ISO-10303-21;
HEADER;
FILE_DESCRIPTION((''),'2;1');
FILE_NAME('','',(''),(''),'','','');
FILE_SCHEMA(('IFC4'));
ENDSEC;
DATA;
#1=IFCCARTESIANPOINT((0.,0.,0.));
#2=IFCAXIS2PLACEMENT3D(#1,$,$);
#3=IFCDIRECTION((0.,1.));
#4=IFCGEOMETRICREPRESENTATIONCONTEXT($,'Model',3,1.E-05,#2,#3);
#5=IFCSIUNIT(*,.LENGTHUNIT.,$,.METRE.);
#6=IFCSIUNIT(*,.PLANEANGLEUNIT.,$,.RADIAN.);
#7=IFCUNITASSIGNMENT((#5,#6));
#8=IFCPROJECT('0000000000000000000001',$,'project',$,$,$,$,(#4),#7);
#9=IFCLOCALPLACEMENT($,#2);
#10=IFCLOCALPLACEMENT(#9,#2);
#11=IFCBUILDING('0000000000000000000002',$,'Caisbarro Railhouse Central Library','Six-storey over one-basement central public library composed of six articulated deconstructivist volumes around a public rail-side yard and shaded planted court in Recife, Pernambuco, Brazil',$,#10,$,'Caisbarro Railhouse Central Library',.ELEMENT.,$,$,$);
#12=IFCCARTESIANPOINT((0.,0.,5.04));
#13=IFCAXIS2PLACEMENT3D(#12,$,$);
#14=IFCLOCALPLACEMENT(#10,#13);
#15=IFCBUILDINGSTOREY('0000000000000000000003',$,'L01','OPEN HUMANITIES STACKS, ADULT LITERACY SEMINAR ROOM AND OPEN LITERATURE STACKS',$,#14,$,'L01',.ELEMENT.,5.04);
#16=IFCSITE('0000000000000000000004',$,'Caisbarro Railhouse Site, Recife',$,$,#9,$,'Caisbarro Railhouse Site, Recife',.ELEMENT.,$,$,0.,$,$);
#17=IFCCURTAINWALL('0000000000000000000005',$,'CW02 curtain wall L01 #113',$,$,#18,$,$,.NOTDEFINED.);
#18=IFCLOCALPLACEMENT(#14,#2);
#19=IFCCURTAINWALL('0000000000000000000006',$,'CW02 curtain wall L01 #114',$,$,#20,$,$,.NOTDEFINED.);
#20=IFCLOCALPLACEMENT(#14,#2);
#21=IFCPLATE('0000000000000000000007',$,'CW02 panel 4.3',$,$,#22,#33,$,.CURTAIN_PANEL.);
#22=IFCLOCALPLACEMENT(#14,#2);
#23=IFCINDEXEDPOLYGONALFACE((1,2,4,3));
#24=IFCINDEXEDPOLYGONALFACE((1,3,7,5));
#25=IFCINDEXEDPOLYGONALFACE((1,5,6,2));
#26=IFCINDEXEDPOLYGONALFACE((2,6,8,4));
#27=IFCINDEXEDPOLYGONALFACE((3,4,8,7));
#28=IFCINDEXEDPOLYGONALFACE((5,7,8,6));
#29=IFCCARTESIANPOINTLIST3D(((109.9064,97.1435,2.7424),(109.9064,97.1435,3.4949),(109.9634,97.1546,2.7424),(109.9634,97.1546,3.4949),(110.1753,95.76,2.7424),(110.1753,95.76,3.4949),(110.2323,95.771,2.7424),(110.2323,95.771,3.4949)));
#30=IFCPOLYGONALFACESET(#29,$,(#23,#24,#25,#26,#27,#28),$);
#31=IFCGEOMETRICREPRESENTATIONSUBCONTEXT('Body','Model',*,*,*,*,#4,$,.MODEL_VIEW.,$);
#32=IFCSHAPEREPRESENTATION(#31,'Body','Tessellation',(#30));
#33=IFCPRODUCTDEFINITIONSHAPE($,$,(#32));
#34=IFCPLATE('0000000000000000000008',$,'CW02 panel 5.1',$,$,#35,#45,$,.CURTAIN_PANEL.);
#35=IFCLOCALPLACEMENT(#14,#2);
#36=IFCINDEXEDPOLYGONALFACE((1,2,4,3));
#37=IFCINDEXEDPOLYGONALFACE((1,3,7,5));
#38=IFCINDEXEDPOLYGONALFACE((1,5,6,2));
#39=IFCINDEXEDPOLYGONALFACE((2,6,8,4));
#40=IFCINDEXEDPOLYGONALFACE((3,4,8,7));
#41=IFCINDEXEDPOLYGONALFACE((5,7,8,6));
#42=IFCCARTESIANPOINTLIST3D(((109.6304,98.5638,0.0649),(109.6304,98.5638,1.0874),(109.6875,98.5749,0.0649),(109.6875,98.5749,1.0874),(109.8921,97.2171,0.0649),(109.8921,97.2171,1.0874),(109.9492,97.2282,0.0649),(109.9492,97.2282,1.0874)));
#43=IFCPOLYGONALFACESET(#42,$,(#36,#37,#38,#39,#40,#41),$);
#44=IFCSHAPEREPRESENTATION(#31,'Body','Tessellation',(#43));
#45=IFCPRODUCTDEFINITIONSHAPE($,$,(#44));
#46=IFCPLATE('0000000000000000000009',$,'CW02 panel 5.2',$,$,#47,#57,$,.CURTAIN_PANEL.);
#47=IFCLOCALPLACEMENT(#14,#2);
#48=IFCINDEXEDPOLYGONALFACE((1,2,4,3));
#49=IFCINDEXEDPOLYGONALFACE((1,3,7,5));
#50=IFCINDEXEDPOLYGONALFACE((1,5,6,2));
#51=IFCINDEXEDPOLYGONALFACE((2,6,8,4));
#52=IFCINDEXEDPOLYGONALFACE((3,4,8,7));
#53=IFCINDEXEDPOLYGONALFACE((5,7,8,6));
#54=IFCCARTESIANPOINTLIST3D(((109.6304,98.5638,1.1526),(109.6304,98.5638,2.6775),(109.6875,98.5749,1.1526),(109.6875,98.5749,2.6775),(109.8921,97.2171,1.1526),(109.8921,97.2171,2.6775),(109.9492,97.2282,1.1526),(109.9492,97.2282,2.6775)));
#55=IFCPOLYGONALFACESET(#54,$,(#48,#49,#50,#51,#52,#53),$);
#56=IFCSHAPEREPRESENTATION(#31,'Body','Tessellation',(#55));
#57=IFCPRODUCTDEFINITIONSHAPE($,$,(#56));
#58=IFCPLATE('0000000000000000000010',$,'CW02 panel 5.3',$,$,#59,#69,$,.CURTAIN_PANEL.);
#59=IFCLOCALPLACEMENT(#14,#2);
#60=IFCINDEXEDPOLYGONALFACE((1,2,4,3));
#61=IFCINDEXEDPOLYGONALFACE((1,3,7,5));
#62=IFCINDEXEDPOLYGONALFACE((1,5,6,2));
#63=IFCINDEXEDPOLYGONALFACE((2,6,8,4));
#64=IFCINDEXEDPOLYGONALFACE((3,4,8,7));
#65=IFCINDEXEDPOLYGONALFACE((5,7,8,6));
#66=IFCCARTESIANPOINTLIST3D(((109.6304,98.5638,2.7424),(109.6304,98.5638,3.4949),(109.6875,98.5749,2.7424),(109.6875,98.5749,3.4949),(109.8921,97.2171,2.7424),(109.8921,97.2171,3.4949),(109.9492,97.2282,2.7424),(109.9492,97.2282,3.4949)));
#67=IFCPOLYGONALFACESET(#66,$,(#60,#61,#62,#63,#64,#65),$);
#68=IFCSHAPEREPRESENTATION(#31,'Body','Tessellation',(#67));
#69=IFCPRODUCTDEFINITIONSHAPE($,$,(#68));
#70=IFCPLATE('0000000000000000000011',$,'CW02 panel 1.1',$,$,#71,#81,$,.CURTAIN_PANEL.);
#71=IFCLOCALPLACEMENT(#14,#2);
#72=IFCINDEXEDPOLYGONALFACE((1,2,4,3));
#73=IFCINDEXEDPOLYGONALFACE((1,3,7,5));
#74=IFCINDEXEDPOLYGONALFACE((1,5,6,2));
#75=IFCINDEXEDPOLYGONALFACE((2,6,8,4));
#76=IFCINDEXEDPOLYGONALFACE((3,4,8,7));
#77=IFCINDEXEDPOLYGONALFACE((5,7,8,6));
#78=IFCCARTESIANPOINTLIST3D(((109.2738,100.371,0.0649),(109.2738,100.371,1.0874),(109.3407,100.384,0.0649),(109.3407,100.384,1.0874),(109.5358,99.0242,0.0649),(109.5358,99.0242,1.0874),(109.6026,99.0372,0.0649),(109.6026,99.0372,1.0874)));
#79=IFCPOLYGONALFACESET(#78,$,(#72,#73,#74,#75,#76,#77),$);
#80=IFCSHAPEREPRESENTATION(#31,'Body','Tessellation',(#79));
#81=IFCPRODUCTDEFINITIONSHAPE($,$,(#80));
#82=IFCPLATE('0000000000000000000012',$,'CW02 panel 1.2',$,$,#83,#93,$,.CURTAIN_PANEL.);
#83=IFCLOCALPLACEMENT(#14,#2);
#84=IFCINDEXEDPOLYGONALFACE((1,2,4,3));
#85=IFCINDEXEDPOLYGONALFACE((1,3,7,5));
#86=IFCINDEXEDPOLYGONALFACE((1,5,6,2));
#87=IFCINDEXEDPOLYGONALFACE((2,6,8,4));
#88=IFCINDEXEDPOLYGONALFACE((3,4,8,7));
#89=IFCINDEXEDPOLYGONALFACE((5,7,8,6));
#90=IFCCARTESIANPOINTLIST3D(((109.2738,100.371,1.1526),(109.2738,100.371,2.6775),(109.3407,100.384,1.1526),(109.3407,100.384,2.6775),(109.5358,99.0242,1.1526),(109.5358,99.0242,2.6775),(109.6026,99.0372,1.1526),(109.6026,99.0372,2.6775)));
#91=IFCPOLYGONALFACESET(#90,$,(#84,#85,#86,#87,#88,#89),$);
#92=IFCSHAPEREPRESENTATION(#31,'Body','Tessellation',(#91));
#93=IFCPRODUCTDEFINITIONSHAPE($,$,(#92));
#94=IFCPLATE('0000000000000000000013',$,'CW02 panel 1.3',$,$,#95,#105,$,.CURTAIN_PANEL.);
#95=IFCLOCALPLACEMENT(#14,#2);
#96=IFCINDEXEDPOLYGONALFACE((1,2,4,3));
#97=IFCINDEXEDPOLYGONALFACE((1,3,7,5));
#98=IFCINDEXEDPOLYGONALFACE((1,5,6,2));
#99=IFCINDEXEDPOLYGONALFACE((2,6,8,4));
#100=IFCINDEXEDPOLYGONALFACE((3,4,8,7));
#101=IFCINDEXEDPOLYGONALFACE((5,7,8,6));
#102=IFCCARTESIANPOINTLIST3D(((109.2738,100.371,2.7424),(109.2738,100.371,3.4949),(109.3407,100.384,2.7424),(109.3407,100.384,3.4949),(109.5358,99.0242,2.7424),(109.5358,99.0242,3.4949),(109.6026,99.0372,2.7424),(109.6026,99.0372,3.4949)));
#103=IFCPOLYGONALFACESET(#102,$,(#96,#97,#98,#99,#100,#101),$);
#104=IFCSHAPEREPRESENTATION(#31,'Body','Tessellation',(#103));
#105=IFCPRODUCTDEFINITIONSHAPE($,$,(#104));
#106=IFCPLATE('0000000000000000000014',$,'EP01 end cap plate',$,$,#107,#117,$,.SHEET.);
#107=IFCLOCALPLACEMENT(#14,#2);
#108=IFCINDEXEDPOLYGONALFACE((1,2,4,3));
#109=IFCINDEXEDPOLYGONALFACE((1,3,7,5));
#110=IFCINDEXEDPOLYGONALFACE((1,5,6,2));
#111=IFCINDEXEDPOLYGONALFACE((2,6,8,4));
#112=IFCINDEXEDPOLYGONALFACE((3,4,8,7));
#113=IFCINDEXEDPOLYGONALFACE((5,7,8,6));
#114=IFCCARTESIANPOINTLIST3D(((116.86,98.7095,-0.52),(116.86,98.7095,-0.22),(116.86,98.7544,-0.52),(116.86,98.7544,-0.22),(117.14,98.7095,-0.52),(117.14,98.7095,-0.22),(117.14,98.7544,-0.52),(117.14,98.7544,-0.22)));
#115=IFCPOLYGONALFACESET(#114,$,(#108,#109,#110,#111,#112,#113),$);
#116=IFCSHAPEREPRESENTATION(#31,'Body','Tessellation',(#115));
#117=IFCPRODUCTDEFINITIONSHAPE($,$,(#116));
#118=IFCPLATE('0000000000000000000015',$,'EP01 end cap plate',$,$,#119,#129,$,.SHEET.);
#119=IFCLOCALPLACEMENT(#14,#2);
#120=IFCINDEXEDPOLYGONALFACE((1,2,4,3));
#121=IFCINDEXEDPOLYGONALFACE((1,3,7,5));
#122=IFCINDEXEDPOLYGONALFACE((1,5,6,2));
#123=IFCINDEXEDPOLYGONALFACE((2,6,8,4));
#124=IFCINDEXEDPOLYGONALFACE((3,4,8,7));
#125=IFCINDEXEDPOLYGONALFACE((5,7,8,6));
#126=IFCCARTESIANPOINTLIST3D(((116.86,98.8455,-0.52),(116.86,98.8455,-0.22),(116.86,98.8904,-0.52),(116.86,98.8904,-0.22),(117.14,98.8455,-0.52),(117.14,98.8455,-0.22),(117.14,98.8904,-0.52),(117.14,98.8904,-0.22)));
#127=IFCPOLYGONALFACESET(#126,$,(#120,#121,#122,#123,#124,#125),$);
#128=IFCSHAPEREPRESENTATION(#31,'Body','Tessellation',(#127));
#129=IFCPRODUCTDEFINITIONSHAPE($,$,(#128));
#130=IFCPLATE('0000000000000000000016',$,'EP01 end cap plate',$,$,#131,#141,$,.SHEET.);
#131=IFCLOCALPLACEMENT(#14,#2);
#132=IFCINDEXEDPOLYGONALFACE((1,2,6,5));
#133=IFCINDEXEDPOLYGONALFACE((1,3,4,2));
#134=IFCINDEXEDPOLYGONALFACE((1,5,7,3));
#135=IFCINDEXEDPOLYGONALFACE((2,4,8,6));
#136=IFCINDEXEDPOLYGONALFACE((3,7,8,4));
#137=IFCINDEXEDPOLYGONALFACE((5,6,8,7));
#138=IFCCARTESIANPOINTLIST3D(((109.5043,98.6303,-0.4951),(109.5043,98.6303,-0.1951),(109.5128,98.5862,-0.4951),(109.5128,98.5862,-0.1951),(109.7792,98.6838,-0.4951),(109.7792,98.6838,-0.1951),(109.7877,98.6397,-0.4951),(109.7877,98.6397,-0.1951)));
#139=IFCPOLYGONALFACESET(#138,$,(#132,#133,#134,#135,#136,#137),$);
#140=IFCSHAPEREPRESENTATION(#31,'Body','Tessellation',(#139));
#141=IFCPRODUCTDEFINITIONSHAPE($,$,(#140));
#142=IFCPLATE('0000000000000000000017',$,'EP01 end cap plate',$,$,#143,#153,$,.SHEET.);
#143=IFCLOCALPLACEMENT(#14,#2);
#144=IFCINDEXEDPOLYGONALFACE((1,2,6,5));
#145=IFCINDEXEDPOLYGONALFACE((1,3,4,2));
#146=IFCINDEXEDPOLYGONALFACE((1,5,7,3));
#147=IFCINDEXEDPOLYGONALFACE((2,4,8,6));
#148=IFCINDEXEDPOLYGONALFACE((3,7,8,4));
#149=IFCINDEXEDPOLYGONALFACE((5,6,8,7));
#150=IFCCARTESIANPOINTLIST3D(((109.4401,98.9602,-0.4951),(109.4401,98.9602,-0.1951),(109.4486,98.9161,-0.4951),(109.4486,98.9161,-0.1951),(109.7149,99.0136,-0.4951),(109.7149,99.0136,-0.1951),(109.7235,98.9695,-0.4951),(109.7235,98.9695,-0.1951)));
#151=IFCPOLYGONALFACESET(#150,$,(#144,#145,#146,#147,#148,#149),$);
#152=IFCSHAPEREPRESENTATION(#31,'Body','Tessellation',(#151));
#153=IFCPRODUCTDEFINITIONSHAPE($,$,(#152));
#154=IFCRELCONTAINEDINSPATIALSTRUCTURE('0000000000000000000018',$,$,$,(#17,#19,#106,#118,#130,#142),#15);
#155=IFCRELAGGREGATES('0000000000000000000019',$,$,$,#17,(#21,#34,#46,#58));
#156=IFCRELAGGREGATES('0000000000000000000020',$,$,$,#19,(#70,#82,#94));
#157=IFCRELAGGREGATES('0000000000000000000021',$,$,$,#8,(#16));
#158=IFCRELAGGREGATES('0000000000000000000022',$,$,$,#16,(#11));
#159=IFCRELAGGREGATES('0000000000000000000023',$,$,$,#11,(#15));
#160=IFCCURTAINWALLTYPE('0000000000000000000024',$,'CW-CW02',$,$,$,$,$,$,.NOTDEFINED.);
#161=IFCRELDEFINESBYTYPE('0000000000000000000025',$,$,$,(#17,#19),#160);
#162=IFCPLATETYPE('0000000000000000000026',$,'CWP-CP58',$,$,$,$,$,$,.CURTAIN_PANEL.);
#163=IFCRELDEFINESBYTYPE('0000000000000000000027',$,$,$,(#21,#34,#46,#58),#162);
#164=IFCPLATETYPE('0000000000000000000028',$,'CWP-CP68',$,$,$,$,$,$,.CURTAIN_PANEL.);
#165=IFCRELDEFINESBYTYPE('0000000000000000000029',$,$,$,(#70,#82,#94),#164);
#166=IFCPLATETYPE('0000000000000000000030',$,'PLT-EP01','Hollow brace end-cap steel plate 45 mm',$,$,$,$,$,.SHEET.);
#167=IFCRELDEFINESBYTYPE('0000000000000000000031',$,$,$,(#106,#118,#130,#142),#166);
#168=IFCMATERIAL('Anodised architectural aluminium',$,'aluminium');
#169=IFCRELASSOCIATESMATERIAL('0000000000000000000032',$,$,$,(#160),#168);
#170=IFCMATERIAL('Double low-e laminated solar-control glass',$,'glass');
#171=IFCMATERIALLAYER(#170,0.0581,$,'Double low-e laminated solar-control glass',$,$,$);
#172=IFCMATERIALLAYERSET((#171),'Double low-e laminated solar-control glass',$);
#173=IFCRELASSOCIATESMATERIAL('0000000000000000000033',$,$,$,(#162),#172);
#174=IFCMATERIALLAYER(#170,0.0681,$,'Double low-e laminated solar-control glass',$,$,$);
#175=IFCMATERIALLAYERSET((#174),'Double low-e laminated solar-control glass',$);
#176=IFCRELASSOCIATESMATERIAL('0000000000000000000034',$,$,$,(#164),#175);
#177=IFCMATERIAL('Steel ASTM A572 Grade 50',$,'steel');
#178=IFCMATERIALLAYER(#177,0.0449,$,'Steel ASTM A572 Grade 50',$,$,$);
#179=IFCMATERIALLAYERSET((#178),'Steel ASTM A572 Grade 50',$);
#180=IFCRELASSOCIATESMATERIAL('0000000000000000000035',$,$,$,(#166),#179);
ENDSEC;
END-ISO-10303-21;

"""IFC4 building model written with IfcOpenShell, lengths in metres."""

from ifc_helpers import new_model, si_unit, direction, frame, origin, origin_2d, place, context, subcontext, project, spatial, rectangle, extrude, material, layer, layer_set, type_object, element, aggregate, save


model = new_model("IFC4")

# Units and contexts
model_context = context("Model", 3, precision=1e-05, world=origin(), true_north=direction((0.0, 1.0)))
body_context = subcontext(model_context, "Body", "Model", "MODEL_VIEW")
ifc_project = project(units=[si_unit("LENGTHUNIT", "METRE"), si_unit("PLANEANGLEUNIT", "RADIAN")], contexts=[model_context])

# Site, building, storey
site_placement = place(None, origin())
site = spatial("IfcSite", under=ifc_project, at=site_placement, Name="Caisbarro Railhouse Site, Recife", LongName="Caisbarro Railhouse Site, Recife", CompositionType="ELEMENT", RefElevation=0.0)
building_placement = place(site_placement, origin())
building = spatial("IfcBuilding", under=site, at=building_placement, Name="Caisbarro Railhouse Central Library", Description="Six-storey over one-basement central public library composed of six articulated deconstructivist volumes around a public rail-side yard and shaded planted court in Recife, Pernambuco, Brazil", LongName="Caisbarro Railhouse Central Library", CompositionType="ELEMENT")
storey_placement = place(building_placement, frame((0.0, 0.0, 5.04)))
storey = spatial("IfcBuildingStorey", under=building, at=storey_placement, Name="L01", Description="OPEN HUMANITIES STACKS, ADULT LITERACY SEMINAR ROOM AND OPEN LITERATURE STACKS", LongName="L01", CompositionType="ELEMENT", Elevation=5.04)

# Shared definitions
ifc_material_1 = material(Name="Steel ASTM A572 Grade 50", Category="steel")

# Curtain walls
ifc_material_2 = material(Name="Anodised architectural aluminium", Category="aluminium")
curtain_wall_type = type_object("IfcCurtainWallType", Name="CW-CW02", PredefinedType="NOTDEFINED", material=ifc_material_2)
curtain_wall_1_placement = place(storey_placement, origin())
curtain_wall_1 = element("IfcCurtainWall", 1, at=curtain_wall_1_placement, inside=storey, type_object=curtain_wall_type, Name="CW02 curtain wall L01 #113", PredefinedType="NOTDEFINED")
curtain_wall_2_placement = place(storey_placement, origin())
curtain_wall_2 = element("IfcCurtainWall", 2, at=curtain_wall_2_placement, inside=storey, type_object=curtain_wall_type, Name="CW02 curtain wall L01 #114", PredefinedType="NOTDEFINED")

# Plates
ifc_material_3 = material(Name="Double low-e laminated solar-control glass", Category="glass")
ifc_layer_1 = layer(ifc_material_3, 0.0581, Name="Double low-e laminated solar-control glass")
ifc_layer_set_1 = layer_set([ifc_layer_1], Name="Double low-e laminated solar-control glass")
plate_type_1 = type_object("IfcPlateType", Name="CWP-CP58", PredefinedType="CURTAIN_PANEL", material=ifc_layer_set_1)
plate_1_placement = place(storey_placement, frame((110.0693, 96.4573, 2.7424), z_axis=(0.0, 0.0, 1.0), x_axis=(-0.190781, 0.981633, 0.0)))
plate_1 = element("IfcPlate", 3, at=plate_1_placement, type_object=plate_type_1, Name="CW02 panel 4.3", PredefinedType="CURTAIN_PANEL", context=body_context, shape_type="SweptSolid", body=[
    extrude(rectangle(XDim=1.4094, YDim=0.0581, at=origin_2d()), origin(), (0.0, 0.0, 1.0), 0.7524),
])
plate_2_placement = place(storey_placement, frame((109.7898, 97.896, 0.0649), z_axis=(0.0, 0.0, 1.0), x_axis=(-0.190781, 0.981633, 0.0)))
plate_2 = element("IfcPlate", 4, at=plate_2_placement, type_object=plate_type_1, Name="CW02 panel 5.1", PredefinedType="CURTAIN_PANEL", context=body_context, shape_type="SweptSolid", body=[
    extrude(rectangle(XDim=1.3718, YDim=0.0581, at=origin_2d()), origin(), (0.0, 0.0, 1.0), 1.0225),
])
plate_3_placement = place(storey_placement, frame((109.7898, 97.896, 1.1526), z_axis=(0.0, 0.0, 1.0), x_axis=(-0.190781, 0.981633, 0.0)))
plate_3 = element("IfcPlate", 5, at=plate_3_placement, type_object=plate_type_1, Name="CW02 panel 5.2", PredefinedType="CURTAIN_PANEL", context=body_context, shape_type="SweptSolid", body=[
    extrude(rectangle(XDim=1.3718, YDim=0.0581, at=origin_2d()), origin(), (0.0, 0.0, 1.0), 1.5249),
])
plate_4_placement = place(storey_placement, frame((109.7898, 97.896, 2.7424), z_axis=(0.0, 0.0, 1.0), x_axis=(-0.190781, 0.981633, 0.0)))
plate_4 = element("IfcPlate", 6, at=plate_4_placement, type_object=plate_type_1, Name="CW02 panel 5.3", PredefinedType="CURTAIN_PANEL", context=body_context, shape_type="SweptSolid", body=[
    extrude(rectangle(XDim=1.3718, YDim=0.0581, at=origin_2d()), origin(), (0.0, 0.0, 1.0), 0.7524),
])
aggregate(curtain_wall_1, [plate_1, plate_2, plate_3, plate_4])
ifc_layer_2 = layer(ifc_material_3, 0.0681, Name="Double low-e laminated solar-control glass")
ifc_layer_set_2 = layer_set([ifc_layer_2], Name="Double low-e laminated solar-control glass")
plate_type_2 = type_object("IfcPlateType", Name="CWP-CP68", PredefinedType="CURTAIN_PANEL", material=ifc_layer_set_2)
plate_5_placement = place(storey_placement, frame((109.4382, 99.7041, 0.0649), z_axis=(0.0, 0.0, 1.0), x_axis=(-0.190911, 0.981607, 0.0)))
plate_5 = element("IfcPlate", 7, at=plate_5_placement, type_object=plate_type_2, Name="CW02 panel 1.1", PredefinedType="CURTAIN_PANEL", context=body_context, shape_type="SweptSolid", body=[
    extrude(rectangle(XDim=1.3721, YDim=0.0681, at=origin_2d()), origin(), (0.0, 0.0, 1.0), 1.0225),
])
plate_6_placement = place(storey_placement, frame((109.4382, 99.7041, 1.1526), z_axis=(0.0, 0.0, 1.0), x_axis=(-0.190911, 0.981607, 0.0)))
plate_6 = element("IfcPlate", 8, at=plate_6_placement, type_object=plate_type_2, Name="CW02 panel 1.2", PredefinedType="CURTAIN_PANEL", context=body_context, shape_type="SweptSolid", body=[
    extrude(rectangle(XDim=1.3721, YDim=0.0681, at=origin_2d()), origin(), (0.0, 0.0, 1.0), 1.5249),
])
plate_7_placement = place(storey_placement, frame((109.4382, 99.7041, 2.7424), z_axis=(0.0, 0.0, 1.0), x_axis=(-0.190911, 0.981607, 0.0)))
plate_7 = element("IfcPlate", 9, at=plate_7_placement, type_object=plate_type_2, Name="CW02 panel 1.3", PredefinedType="CURTAIN_PANEL", context=body_context, shape_type="SweptSolid", body=[
    extrude(rectangle(XDim=1.3721, YDim=0.0681, at=origin_2d()), origin(), (0.0, 0.0, 1.0), 0.7524),
])
aggregate(curtain_wall_2, [plate_5, plate_6, plate_7])

# Plates
ifc_layer_3 = layer(ifc_material_1, 0.0449, Name="Steel ASTM A572 Grade 50")
ifc_layer_set_3 = layer_set([ifc_layer_3], Name="Steel ASTM A572 Grade 50")
plate_type_3 = type_object("IfcPlateType", Name="PLT-EP01", Description="Hollow brace end-cap steel plate 45 mm", PredefinedType="SHEET", material=ifc_layer_set_3)
for number, where, z_axis, x_axis, name in (
    (10, (117.0, 98.7319, -0.52), (0.0, 0.0, 1.0), (0.0, 1.0, 0.0), "EP01 end cap plate"),
    (11, (117.0, 98.8679, -0.52), (0.0, 0.0, 1.0), (0.0, 1.0, 0.0), "EP01 end cap plate"),
    (12, (109.646, 98.635, -0.4951), (0.0, 0.0, 1.0), (-0.190809, 0.981627, 0.0), "EP01 end cap plate"),
    (13, (109.5818, 98.9648, -0.4951), (0.0, 0.0, 1.0), (-0.190809, 0.981627, 0.0), "EP01 end cap plate"),
):
    element("IfcPlate", number, at=place(storey_placement, frame(where, z_axis=z_axis, x_axis=x_axis)), inside=storey, type_object=plate_type_3, Name=name, PredefinedType="SHEET", context=body_context, shape_type="SweptSolid", body=[
        extrude(rectangle(XDim=0.0449, YDim=0.28, at=origin_2d()), origin(), (0.0, 0.0, 1.0), 0.3),
    ])

save(model, "model.ifc")
